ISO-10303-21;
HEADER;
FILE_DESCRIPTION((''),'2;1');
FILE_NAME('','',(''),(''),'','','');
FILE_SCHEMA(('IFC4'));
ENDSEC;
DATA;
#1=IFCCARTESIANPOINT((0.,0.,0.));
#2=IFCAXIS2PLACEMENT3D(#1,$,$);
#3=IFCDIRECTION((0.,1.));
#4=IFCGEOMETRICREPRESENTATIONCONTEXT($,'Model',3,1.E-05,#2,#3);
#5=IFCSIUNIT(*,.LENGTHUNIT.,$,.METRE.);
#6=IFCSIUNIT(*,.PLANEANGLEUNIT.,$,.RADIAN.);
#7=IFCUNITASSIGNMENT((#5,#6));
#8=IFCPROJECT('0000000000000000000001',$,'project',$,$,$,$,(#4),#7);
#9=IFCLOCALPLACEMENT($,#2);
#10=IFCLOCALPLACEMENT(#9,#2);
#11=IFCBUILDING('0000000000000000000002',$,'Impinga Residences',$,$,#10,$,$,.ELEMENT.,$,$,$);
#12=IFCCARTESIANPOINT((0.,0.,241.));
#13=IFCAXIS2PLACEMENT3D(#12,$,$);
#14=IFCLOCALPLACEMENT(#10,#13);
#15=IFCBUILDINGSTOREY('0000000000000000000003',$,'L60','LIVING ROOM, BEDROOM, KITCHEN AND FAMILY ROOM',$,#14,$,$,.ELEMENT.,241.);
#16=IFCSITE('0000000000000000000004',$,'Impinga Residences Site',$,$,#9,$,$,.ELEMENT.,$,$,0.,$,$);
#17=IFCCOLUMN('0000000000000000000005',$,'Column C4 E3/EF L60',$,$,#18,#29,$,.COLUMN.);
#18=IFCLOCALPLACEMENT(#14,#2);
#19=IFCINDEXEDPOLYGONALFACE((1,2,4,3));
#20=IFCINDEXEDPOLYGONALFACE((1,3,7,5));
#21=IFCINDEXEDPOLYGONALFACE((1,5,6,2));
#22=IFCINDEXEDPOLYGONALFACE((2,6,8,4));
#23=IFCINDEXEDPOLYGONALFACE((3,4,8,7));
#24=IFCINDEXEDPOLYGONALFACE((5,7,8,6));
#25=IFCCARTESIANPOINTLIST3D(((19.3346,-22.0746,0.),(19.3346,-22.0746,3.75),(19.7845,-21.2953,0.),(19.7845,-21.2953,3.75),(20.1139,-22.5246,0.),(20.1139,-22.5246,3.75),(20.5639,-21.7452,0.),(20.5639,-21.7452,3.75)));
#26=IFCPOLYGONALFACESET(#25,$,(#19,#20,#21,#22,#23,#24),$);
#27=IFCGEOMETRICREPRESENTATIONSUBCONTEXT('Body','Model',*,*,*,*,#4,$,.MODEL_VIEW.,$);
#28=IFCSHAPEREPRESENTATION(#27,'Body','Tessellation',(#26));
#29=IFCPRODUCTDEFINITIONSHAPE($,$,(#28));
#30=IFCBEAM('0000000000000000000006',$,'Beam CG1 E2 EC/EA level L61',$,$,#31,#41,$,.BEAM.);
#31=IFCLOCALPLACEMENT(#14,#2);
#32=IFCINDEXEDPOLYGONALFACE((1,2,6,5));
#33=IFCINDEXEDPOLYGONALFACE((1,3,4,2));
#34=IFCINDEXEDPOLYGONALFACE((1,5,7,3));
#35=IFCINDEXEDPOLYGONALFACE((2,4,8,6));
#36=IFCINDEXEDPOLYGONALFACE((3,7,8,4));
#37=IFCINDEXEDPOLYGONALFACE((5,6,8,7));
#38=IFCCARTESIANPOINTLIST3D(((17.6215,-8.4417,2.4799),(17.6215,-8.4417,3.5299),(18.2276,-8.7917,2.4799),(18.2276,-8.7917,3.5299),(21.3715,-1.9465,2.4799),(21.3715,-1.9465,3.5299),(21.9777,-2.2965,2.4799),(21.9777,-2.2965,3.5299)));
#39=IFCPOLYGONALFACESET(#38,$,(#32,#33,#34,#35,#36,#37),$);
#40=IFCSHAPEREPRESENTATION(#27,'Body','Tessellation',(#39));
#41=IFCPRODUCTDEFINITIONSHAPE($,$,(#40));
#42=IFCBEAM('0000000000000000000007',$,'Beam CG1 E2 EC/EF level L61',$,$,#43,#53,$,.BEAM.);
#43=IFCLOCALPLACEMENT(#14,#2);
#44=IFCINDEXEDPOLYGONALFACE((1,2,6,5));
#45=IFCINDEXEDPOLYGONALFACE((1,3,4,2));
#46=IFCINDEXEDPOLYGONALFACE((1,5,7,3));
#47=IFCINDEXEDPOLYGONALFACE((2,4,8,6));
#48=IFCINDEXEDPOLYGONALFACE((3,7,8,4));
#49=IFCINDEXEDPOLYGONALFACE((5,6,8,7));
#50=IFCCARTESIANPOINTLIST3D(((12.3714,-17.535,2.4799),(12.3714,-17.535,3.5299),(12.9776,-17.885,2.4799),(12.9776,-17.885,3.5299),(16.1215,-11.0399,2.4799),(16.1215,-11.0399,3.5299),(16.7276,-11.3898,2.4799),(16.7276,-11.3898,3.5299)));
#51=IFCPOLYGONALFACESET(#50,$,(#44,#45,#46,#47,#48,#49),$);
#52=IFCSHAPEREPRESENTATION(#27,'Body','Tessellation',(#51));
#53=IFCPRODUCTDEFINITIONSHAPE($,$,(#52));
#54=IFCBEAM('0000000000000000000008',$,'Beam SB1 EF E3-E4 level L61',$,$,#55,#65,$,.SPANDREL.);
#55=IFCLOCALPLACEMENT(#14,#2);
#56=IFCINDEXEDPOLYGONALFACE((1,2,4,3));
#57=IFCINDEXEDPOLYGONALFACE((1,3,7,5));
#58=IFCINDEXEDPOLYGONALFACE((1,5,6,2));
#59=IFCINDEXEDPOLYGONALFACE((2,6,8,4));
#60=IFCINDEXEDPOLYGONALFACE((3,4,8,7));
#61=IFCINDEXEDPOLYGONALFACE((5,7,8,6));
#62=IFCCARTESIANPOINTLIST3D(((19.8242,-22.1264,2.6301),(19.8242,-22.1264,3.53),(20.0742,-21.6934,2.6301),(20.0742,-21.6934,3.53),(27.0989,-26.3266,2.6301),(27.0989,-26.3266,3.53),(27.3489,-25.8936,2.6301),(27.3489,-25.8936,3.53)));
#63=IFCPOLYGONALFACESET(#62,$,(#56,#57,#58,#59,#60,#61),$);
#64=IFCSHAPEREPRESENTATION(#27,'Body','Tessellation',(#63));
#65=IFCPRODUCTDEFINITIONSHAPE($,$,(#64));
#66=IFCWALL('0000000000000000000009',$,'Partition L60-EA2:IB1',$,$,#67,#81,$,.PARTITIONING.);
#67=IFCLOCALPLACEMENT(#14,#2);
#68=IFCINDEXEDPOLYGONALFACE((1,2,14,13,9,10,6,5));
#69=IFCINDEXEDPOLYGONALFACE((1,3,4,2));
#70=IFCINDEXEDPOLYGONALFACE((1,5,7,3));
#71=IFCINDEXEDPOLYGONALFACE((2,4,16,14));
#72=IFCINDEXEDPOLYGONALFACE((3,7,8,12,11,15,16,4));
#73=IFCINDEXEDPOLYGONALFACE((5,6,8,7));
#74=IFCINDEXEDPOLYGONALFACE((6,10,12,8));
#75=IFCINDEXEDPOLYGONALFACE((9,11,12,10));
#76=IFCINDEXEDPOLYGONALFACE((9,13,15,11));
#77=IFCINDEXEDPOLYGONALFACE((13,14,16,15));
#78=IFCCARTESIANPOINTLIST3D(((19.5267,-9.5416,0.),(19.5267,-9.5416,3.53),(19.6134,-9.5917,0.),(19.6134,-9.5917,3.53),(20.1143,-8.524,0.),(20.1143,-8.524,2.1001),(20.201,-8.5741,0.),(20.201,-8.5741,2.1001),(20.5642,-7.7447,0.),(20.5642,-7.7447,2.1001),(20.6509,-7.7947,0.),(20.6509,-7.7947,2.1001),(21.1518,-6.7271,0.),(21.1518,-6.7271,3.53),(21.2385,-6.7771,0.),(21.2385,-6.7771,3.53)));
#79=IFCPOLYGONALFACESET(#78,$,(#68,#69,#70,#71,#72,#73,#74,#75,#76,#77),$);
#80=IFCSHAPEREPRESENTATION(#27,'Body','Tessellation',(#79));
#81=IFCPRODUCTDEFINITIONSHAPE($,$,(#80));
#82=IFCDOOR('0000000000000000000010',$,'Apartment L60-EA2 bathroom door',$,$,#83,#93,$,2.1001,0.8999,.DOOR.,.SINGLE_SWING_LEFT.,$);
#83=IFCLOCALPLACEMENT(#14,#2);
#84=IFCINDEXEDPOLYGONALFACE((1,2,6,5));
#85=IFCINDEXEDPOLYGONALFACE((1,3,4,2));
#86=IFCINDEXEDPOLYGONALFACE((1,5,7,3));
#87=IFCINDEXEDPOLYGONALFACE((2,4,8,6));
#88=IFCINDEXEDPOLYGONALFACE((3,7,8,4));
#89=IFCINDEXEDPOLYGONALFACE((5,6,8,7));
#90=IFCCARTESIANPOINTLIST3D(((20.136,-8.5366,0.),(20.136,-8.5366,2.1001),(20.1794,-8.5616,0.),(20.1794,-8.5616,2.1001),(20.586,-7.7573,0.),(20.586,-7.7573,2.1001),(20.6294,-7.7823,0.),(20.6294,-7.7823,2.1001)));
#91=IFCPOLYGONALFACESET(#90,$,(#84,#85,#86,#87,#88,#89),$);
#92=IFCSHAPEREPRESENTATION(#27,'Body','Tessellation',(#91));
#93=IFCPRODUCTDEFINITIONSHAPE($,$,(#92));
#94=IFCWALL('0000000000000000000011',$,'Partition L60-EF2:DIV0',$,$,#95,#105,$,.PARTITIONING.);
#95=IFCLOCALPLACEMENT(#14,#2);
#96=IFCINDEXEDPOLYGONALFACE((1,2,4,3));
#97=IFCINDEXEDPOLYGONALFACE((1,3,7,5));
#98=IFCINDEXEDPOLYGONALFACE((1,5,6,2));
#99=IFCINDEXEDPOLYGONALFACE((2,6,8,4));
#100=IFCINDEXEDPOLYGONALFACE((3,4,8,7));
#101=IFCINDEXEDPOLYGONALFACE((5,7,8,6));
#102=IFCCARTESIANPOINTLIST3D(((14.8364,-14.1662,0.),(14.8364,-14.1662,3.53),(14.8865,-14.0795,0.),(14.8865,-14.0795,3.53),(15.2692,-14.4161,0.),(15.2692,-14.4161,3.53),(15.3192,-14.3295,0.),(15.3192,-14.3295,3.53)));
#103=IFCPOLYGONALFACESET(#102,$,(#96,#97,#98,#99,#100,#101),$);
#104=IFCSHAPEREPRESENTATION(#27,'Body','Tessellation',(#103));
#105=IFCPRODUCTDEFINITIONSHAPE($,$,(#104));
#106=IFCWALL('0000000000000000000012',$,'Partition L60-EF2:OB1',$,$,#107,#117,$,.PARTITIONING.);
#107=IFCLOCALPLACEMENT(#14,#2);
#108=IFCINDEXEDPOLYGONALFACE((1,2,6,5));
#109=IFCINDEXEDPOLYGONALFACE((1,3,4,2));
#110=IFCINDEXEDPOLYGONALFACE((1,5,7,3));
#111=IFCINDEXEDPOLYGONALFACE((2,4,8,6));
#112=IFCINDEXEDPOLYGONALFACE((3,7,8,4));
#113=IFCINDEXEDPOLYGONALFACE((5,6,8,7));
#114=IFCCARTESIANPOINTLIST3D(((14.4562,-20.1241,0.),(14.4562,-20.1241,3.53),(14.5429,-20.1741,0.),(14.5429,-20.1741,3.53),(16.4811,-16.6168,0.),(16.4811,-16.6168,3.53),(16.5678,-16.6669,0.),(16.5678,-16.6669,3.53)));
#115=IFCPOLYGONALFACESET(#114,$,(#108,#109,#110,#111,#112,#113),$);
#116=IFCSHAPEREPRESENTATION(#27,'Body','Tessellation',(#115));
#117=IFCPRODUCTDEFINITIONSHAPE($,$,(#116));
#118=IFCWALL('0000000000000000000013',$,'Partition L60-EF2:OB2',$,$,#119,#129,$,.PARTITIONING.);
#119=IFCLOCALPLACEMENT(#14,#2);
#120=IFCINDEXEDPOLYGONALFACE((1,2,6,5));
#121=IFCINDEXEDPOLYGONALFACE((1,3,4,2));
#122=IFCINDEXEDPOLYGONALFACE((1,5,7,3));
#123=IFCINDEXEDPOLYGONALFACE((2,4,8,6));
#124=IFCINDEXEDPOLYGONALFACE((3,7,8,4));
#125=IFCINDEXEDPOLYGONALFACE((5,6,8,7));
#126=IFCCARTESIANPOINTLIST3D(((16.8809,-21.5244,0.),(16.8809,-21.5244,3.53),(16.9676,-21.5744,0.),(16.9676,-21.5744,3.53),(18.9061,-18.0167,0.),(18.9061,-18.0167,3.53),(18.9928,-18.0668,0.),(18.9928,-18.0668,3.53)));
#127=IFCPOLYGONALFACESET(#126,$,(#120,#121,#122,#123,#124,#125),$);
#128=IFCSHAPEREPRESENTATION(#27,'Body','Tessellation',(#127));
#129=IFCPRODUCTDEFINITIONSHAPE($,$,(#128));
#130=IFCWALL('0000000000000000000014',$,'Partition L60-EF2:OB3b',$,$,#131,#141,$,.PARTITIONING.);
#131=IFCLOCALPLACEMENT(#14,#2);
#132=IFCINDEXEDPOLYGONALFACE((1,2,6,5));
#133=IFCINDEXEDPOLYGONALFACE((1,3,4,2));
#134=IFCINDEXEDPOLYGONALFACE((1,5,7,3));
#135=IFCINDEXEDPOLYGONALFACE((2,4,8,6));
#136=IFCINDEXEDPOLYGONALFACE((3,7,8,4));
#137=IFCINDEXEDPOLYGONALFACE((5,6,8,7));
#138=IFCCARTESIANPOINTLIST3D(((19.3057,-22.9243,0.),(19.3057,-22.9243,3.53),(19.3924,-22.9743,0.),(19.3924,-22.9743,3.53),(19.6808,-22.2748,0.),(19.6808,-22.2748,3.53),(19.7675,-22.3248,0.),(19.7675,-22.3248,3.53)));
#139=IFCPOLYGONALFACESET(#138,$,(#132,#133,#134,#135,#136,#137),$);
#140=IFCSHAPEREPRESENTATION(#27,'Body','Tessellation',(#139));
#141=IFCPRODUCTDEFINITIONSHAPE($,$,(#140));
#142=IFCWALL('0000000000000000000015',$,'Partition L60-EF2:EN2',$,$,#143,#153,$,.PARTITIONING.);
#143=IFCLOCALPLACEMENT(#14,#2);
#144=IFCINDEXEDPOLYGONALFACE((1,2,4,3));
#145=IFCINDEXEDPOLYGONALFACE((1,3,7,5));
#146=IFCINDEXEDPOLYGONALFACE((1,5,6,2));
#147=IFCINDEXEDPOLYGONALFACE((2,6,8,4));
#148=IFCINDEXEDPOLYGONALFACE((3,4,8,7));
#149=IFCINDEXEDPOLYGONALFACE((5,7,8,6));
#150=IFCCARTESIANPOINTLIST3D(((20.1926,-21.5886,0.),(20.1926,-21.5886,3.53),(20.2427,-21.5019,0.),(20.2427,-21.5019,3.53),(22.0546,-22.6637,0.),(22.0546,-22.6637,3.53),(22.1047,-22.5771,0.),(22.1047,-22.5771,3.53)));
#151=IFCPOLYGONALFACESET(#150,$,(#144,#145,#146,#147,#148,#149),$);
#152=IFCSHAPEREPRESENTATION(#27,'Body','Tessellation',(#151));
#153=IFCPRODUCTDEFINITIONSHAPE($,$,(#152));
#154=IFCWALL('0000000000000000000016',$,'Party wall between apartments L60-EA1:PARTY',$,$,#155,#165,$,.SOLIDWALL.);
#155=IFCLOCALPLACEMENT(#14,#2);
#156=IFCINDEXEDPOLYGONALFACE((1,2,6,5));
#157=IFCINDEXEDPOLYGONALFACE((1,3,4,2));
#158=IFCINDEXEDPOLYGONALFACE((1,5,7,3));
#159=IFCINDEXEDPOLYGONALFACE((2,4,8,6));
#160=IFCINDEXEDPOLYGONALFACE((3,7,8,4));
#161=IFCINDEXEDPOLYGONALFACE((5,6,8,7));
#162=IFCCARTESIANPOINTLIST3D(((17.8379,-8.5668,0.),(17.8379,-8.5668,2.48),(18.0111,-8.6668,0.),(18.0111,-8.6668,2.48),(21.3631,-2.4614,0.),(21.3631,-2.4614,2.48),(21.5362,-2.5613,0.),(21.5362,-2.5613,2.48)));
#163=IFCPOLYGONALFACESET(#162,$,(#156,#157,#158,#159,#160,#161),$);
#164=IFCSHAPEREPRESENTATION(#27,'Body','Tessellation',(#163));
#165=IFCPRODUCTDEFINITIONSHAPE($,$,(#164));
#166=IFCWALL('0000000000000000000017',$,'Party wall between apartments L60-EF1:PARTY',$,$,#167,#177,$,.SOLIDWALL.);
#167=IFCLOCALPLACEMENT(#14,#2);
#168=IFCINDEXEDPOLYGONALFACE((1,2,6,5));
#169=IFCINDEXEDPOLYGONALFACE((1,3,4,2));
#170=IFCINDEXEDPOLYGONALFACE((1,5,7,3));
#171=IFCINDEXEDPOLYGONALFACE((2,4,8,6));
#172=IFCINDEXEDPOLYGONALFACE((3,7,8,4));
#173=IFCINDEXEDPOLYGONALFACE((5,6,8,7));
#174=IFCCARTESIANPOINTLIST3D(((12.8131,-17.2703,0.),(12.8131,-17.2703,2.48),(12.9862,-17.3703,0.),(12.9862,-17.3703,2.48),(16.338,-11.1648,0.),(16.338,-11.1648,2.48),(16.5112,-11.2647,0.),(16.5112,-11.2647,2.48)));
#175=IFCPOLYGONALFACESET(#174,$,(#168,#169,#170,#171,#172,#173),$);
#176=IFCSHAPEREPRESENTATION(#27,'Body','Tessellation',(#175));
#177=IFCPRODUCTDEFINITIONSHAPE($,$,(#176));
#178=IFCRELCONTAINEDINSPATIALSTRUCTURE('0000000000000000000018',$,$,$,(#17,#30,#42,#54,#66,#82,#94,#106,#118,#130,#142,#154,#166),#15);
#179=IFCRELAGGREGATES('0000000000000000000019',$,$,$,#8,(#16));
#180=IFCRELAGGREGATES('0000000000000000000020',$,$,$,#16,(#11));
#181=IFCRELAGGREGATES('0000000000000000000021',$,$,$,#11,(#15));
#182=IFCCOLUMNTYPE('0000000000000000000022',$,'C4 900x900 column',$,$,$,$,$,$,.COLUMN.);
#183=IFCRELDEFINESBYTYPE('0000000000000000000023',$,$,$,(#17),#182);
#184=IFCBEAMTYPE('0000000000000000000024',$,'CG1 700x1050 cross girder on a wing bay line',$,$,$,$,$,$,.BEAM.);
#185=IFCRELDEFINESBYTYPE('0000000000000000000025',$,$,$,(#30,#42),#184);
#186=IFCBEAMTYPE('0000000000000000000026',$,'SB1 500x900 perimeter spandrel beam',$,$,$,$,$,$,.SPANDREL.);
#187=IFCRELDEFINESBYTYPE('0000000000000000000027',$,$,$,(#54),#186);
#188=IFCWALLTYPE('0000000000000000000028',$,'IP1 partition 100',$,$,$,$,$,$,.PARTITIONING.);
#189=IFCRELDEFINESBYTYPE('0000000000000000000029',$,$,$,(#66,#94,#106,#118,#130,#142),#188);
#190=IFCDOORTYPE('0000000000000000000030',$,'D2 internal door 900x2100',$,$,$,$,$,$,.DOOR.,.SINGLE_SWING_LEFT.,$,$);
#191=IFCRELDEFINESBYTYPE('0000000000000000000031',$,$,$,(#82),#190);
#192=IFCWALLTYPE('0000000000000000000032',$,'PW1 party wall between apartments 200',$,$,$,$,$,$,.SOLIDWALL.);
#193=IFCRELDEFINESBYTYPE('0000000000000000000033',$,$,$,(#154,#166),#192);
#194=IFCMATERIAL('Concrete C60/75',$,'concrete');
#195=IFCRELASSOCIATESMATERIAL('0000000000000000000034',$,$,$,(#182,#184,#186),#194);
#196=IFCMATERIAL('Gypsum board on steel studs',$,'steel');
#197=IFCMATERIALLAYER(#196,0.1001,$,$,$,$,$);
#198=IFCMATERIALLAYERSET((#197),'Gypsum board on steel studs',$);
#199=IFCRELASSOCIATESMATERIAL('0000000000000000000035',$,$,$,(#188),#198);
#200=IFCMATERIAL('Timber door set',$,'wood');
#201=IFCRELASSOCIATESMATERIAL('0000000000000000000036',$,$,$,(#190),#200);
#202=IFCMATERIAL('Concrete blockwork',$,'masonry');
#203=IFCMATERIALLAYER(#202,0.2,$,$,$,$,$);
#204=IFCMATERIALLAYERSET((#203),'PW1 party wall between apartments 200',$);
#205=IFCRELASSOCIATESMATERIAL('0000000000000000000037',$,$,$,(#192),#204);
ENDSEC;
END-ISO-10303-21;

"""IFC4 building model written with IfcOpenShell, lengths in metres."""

from ifc_helpers import new_model, si_unit, direction, frame, frame_2d, origin, origin_2d, place, context, subcontext, project, spatial, rectangle, extrude, material, layer, layer_set, material_profile, profile_set, type_object, element, fill, save


model = new_model("IFC4")

# Units and contexts
model_context = context("Model", 3, precision=1e-05, world=origin(), true_north=direction((0.0, 1.0)))
body_context = subcontext(model_context, "Body", "Model", "MODEL_VIEW")
ifc_project = project(units=[si_unit("LENGTHUNIT", "METRE"), si_unit("PLANEANGLEUNIT", "RADIAN")], contexts=[model_context])

# Site, building, storey
site_placement = place(None, origin())
site = spatial("IfcSite", under=ifc_project, at=site_placement, Name="Impinga Residences Site", CompositionType="ELEMENT", RefElevation=0.0)
building_placement = place(site_placement, origin())
building = spatial("IfcBuilding", under=site, at=building_placement, Name="Impinga Residences", CompositionType="ELEMENT")
storey_placement = place(building_placement, frame((0.0, 0.0, 241.0)))
storey = spatial("IfcBuildingStorey", under=building, at=storey_placement, Name="L60", Description="LIVING ROOM, BEDROOM, KITCHEN AND FAMILY ROOM", CompositionType="ELEMENT", Elevation=241.0)

# Column
ifc_material_1 = material(Name="Concrete C60/75", Category="concrete")
ifc_material_profile_1 = material_profile(ifc_material_1, rectangle(XDim=0.8999, YDim=0.8999, at=origin_2d()), Name="RC 900x900")
ifc_profile_set_1 = profile_set([ifc_material_profile_1], Name="Concrete C60/75")
column_type = type_object("IfcColumnType", Name="C4 900x900 column", PredefinedType="COLUMN", material=ifc_profile_set_1)
column_placement = place(storey_placement, frame((19.9492, -21.9099, 0.0), z_axis=(0.0, 0.0, 1.0), x_axis=(-0.5, -0.866025, 0.0)))
element("IfcColumn", 1, at=column_placement, inside=storey, type_object=column_type, Name="Column C4 E3/EF L60", PredefinedType="COLUMN", context=body_context, shape_type="SweptSolid", body=[
    extrude(rectangle(XDim=0.8999, YDim=0.8999, at=origin_2d()), origin(), (0.0, 0.0, 1.0), 3.75),
])

# Beams
ifc_material_profile_2 = material_profile(ifc_material_1, rectangle(XDim=0.7, YDim=1.05, at=origin_2d()), Name="RC 700x1050")
ifc_profile_set_2 = profile_set([ifc_material_profile_2], Name="Concrete C60/75")
beam_type_1 = type_object("IfcBeamType", Name="CG1 700x1050 cross girder on a wing bay line", PredefinedType="BEAM", material=ifc_profile_set_2)
for number, where, z_axis, x_axis, name in (
    (2, (17.9246, -8.6167, 3.0049), (0.500004, 0.866023, 0.0), (-0.866023, 0.500004, 0.0), "Beam CG1 E2 EC/EA level L61"),
    (3, (16.4246, -11.2148, 3.0049), (-0.500004, -0.866023, 0.0), (0.866023, -0.500004, 0.0), "Beam CG1 E2 EC/EF level L61"),
):
    element("IfcBeam", number, at=place(storey_placement, frame(where, z_axis=z_axis, x_axis=x_axis)), inside=storey, type_object=beam_type_1, Name=name, PredefinedType="BEAM", context=body_context, shape_type="SweptSolid", body=[
        extrude(rectangle(XDim=0.7, YDim=1.05, at=origin_2d()), origin(), (0.0, 0.0, 1.0), 7.5),
    ])
ifc_material_profile_3 = material_profile(ifc_material_1, rectangle(XDim=0.5, YDim=0.8999, at=origin_2d()), Name="RC 500x900")
ifc_profile_set_3 = profile_set([ifc_material_profile_3], Name="Concrete C60/75")
beam_type_2 = type_object("IfcBeamType", Name="SB1 500x900 perimeter spandrel beam", PredefinedType="SPANDREL", material=ifc_profile_set_3)
beam_placement = place(storey_placement, frame((19.9492, -21.9099, 3.0801), z_axis=(0.866017, -0.500015, 0.0), x_axis=(0.500015, 0.866017, 0.0)))
element("IfcBeam", 4, at=beam_placement, inside=storey, type_object=beam_type_2, Name="Beam SB1 EF E3-E4 level L61", PredefinedType="SPANDREL", context=body_context, shape_type="SweptSolid", body=[
    extrude(rectangle(XDim=0.5, YDim=0.8999, at=origin_2d()), origin(), (0.0, 0.0, 1.0), 8.4001),
])

# Wall, opening, door
ifc_material_2 = material(Name="Gypsum board on steel studs", Category="steel")
ifc_layer_1 = layer(ifc_material_2, 0.1001)
ifc_layer_set_1 = layer_set([ifc_layer_1], Name="Gypsum board on steel studs")
wall_type_1 = type_object("IfcWallType", Name="IP1 partition 100", PredefinedType="PARTITIONING", material=ifc_layer_set_1)
wall_1_placement = place(storey_placement, frame((19.5701, -9.5667, 0.0), z_axis=(0.0, 0.0, 1.0), x_axis=(0.500017, 0.866015, 0.0)))
wall_1 = element("IfcWall", 5, at=wall_1_placement, inside=storey, type_object=wall_type_1, Name="Partition L60-EA2:IB1", PredefinedType="PARTITIONING", context=body_context, shape_type="SweptSolid", body=[
    extrude(rectangle(XDim=3.25, YDim=0.1001, at=frame_2d((1.625, 0.0))), origin(), (0.0, 0.0, 1.0), 3.53),
])
opening_placement = place(wall_1_placement, frame((1.175, 0.0, 0.0)))
opening = element("IfcOpeningElement", 6, at=opening_placement, cuts=wall_1, PredefinedType="OPENING", context=body_context, shape_type="SweptSolid", body=[
    extrude(rectangle(XDim=0.8999, YDim=2.1001, at=frame_2d((0.45, 1.05))), frame((0.0, 0.0601, 0.0), z_axis=(0.0, -1.0, 0.0), x_axis=(1.0, 0.0, 0.0)), (0.0, 0.0, 1.0), 0.1201),
])
ifc_material_3 = material(Name="Timber door set", Category="wood")
door_type = type_object("IfcDoorType", Name="D2 internal door 900x2100", OperationType="SINGLE_SWING_LEFT", PredefinedType="DOOR", material=ifc_material_3)
door_placement = place(opening_placement, origin())
door = element("IfcDoor", 7, at=door_placement, inside=storey, type_object=door_type, Name="Apartment L60-EA2 bathroom door", OperationType="SINGLE_SWING_LEFT", OverallHeight=2.1001, OverallWidth=0.8999, PredefinedType="DOOR", context=body_context, shape_type="SweptSolid", body=[
    extrude(rectangle(XDim=0.8999, YDim=2.1001, at=frame_2d((0.45, 1.05))), frame((0.0, 0.0249, 0.0), z_axis=(0.0, -1.0, 0.0), x_axis=(1.0, 0.0, 0.0)), (0.0, 0.0, 1.0), 0.05),
])
fill(opening, door)

# Walls
wall_2_placement = place(storey_placement, frame((14.8613, -14.1228, 0.0), z_axis=(0.0, 0.0, 1.0), x_axis=(0.86595, -0.500131, 0.0)))
element("IfcWall", 8, at=wall_2_placement, inside=storey, type_object=wall_type_1, Name="Partition L60-EF2:DIV0", PredefinedType="PARTITIONING", context=body_context, shape_type="SweptSolid", body=[
    extrude(rectangle(XDim=0.4998, YDim=0.1001, at=frame_2d((0.25, 0.0))), origin(), (0.0, 0.0, 1.0), 3.53),
])
wall_3_placement = place(storey_placement, frame((16.5244, -16.6418, 0.0), z_axis=(0.0, 0.0, 1.0), x_axis=(-0.49999, -0.866031, 0.0)))
element("IfcWall", 9, at=wall_3_placement, inside=storey, type_object=wall_type_1, Name="Partition L60-EF2:OB1", PredefinedType="PARTITIONING", context=body_context, shape_type="SweptSolid", body=[
    extrude(rectangle(XDim=4.0498, YDim=0.1001, at=frame_2d((2.0249, 0.0))), origin(), (0.0, 0.0, 1.0), 3.53),
])
wall_4_placement = place(storey_placement, frame((18.9495, -18.0417, 0.0), z_axis=(0.0, 0.0, 1.0), x_axis=(-0.500009, -0.86602, 0.0)))
element("IfcWall", 10, at=wall_4_placement, inside=storey, type_object=wall_type_1, Name="Partition L60-EF2:OB2", PredefinedType="PARTITIONING", context=body_context, shape_type="SweptSolid", body=[
    extrude(rectangle(XDim=4.0503, YDim=0.1001, at=frame_2d((2.0251, 0.0))), origin(), (0.0, 0.0, 1.0), 3.53),
])
wall_5_placement = place(storey_placement, frame((19.7241, -22.2998, 0.0), z_axis=(0.0, 0.0, 1.0), x_axis=(-0.500061, -0.86599, 0.0)))
element("IfcWall", 11, at=wall_5_placement, inside=storey, type_object=wall_type_1, Name="Partition L60-EF2:OB3b", PredefinedType="PARTITIONING", context=body_context, shape_type="SweptSolid", body=[
    extrude(rectangle(XDim=0.75, YDim=0.1001, at=frame_2d((0.375, 0.0))), origin(), (0.0, 0.0, 1.0), 3.53),
])
wall_6_placement = place(storey_placement, frame((20.2175, -21.5452, 0.0), z_axis=(0.0, 0.0, 1.0), x_axis=(0.865998, -0.500047, 0.0)))
element("IfcWall", 12, at=wall_6_placement, inside=storey, type_object=wall_type_1, Name="Partition L60-EF2:EN2", PredefinedType="PARTITIONING", context=body_context, shape_type="SweptSolid", body=[
    extrude(rectangle(XDim=2.1501, YDim=0.1001, at=frame_2d((1.0752, 0.0))), origin(), (0.0, 0.0, 1.0), 3.53),
])
ifc_material_4 = material(Name="Concrete blockwork", Category="masonry")
ifc_layer_2 = layer(ifc_material_4, 0.2)
ifc_layer_set_2 = layer_set([ifc_layer_2], Name="PW1 party wall between apartments 200")
wall_type_2 = type_object("IfcWallType", Name="PW1 party wall between apartments 200", PredefinedType="SOLIDWALL", material=ifc_layer_set_2)
for number, where, z_axis, x_axis, name in (
    (13, (17.9246, -8.6167, 0.0), (0.0, 0.0, 1.0), (0.500016, 0.866016, 0.0), "Party wall between apartments L60-EA1:PARTY"),
    (14, (16.4246, -11.2148, 0.0), (0.0, 0.0, 1.0), (-0.49999, -0.866031, 0.0), "Party wall between apartments L60-EF1:PARTY"),
):
    element("IfcWall", number, at=place(storey_placement, frame(where, z_axis=z_axis, x_axis=x_axis)), inside=storey, type_object=wall_type_2, Name=name, PredefinedType="SOLIDWALL", context=body_context, shape_type="SweptSolid", body=[
        extrude(rectangle(XDim=7.05, YDim=0.2, at=frame_2d((3.5249, 0.0))), origin(), (0.0, 0.0, 1.0), 2.48),
    ])

save(model, "model.ifc")
